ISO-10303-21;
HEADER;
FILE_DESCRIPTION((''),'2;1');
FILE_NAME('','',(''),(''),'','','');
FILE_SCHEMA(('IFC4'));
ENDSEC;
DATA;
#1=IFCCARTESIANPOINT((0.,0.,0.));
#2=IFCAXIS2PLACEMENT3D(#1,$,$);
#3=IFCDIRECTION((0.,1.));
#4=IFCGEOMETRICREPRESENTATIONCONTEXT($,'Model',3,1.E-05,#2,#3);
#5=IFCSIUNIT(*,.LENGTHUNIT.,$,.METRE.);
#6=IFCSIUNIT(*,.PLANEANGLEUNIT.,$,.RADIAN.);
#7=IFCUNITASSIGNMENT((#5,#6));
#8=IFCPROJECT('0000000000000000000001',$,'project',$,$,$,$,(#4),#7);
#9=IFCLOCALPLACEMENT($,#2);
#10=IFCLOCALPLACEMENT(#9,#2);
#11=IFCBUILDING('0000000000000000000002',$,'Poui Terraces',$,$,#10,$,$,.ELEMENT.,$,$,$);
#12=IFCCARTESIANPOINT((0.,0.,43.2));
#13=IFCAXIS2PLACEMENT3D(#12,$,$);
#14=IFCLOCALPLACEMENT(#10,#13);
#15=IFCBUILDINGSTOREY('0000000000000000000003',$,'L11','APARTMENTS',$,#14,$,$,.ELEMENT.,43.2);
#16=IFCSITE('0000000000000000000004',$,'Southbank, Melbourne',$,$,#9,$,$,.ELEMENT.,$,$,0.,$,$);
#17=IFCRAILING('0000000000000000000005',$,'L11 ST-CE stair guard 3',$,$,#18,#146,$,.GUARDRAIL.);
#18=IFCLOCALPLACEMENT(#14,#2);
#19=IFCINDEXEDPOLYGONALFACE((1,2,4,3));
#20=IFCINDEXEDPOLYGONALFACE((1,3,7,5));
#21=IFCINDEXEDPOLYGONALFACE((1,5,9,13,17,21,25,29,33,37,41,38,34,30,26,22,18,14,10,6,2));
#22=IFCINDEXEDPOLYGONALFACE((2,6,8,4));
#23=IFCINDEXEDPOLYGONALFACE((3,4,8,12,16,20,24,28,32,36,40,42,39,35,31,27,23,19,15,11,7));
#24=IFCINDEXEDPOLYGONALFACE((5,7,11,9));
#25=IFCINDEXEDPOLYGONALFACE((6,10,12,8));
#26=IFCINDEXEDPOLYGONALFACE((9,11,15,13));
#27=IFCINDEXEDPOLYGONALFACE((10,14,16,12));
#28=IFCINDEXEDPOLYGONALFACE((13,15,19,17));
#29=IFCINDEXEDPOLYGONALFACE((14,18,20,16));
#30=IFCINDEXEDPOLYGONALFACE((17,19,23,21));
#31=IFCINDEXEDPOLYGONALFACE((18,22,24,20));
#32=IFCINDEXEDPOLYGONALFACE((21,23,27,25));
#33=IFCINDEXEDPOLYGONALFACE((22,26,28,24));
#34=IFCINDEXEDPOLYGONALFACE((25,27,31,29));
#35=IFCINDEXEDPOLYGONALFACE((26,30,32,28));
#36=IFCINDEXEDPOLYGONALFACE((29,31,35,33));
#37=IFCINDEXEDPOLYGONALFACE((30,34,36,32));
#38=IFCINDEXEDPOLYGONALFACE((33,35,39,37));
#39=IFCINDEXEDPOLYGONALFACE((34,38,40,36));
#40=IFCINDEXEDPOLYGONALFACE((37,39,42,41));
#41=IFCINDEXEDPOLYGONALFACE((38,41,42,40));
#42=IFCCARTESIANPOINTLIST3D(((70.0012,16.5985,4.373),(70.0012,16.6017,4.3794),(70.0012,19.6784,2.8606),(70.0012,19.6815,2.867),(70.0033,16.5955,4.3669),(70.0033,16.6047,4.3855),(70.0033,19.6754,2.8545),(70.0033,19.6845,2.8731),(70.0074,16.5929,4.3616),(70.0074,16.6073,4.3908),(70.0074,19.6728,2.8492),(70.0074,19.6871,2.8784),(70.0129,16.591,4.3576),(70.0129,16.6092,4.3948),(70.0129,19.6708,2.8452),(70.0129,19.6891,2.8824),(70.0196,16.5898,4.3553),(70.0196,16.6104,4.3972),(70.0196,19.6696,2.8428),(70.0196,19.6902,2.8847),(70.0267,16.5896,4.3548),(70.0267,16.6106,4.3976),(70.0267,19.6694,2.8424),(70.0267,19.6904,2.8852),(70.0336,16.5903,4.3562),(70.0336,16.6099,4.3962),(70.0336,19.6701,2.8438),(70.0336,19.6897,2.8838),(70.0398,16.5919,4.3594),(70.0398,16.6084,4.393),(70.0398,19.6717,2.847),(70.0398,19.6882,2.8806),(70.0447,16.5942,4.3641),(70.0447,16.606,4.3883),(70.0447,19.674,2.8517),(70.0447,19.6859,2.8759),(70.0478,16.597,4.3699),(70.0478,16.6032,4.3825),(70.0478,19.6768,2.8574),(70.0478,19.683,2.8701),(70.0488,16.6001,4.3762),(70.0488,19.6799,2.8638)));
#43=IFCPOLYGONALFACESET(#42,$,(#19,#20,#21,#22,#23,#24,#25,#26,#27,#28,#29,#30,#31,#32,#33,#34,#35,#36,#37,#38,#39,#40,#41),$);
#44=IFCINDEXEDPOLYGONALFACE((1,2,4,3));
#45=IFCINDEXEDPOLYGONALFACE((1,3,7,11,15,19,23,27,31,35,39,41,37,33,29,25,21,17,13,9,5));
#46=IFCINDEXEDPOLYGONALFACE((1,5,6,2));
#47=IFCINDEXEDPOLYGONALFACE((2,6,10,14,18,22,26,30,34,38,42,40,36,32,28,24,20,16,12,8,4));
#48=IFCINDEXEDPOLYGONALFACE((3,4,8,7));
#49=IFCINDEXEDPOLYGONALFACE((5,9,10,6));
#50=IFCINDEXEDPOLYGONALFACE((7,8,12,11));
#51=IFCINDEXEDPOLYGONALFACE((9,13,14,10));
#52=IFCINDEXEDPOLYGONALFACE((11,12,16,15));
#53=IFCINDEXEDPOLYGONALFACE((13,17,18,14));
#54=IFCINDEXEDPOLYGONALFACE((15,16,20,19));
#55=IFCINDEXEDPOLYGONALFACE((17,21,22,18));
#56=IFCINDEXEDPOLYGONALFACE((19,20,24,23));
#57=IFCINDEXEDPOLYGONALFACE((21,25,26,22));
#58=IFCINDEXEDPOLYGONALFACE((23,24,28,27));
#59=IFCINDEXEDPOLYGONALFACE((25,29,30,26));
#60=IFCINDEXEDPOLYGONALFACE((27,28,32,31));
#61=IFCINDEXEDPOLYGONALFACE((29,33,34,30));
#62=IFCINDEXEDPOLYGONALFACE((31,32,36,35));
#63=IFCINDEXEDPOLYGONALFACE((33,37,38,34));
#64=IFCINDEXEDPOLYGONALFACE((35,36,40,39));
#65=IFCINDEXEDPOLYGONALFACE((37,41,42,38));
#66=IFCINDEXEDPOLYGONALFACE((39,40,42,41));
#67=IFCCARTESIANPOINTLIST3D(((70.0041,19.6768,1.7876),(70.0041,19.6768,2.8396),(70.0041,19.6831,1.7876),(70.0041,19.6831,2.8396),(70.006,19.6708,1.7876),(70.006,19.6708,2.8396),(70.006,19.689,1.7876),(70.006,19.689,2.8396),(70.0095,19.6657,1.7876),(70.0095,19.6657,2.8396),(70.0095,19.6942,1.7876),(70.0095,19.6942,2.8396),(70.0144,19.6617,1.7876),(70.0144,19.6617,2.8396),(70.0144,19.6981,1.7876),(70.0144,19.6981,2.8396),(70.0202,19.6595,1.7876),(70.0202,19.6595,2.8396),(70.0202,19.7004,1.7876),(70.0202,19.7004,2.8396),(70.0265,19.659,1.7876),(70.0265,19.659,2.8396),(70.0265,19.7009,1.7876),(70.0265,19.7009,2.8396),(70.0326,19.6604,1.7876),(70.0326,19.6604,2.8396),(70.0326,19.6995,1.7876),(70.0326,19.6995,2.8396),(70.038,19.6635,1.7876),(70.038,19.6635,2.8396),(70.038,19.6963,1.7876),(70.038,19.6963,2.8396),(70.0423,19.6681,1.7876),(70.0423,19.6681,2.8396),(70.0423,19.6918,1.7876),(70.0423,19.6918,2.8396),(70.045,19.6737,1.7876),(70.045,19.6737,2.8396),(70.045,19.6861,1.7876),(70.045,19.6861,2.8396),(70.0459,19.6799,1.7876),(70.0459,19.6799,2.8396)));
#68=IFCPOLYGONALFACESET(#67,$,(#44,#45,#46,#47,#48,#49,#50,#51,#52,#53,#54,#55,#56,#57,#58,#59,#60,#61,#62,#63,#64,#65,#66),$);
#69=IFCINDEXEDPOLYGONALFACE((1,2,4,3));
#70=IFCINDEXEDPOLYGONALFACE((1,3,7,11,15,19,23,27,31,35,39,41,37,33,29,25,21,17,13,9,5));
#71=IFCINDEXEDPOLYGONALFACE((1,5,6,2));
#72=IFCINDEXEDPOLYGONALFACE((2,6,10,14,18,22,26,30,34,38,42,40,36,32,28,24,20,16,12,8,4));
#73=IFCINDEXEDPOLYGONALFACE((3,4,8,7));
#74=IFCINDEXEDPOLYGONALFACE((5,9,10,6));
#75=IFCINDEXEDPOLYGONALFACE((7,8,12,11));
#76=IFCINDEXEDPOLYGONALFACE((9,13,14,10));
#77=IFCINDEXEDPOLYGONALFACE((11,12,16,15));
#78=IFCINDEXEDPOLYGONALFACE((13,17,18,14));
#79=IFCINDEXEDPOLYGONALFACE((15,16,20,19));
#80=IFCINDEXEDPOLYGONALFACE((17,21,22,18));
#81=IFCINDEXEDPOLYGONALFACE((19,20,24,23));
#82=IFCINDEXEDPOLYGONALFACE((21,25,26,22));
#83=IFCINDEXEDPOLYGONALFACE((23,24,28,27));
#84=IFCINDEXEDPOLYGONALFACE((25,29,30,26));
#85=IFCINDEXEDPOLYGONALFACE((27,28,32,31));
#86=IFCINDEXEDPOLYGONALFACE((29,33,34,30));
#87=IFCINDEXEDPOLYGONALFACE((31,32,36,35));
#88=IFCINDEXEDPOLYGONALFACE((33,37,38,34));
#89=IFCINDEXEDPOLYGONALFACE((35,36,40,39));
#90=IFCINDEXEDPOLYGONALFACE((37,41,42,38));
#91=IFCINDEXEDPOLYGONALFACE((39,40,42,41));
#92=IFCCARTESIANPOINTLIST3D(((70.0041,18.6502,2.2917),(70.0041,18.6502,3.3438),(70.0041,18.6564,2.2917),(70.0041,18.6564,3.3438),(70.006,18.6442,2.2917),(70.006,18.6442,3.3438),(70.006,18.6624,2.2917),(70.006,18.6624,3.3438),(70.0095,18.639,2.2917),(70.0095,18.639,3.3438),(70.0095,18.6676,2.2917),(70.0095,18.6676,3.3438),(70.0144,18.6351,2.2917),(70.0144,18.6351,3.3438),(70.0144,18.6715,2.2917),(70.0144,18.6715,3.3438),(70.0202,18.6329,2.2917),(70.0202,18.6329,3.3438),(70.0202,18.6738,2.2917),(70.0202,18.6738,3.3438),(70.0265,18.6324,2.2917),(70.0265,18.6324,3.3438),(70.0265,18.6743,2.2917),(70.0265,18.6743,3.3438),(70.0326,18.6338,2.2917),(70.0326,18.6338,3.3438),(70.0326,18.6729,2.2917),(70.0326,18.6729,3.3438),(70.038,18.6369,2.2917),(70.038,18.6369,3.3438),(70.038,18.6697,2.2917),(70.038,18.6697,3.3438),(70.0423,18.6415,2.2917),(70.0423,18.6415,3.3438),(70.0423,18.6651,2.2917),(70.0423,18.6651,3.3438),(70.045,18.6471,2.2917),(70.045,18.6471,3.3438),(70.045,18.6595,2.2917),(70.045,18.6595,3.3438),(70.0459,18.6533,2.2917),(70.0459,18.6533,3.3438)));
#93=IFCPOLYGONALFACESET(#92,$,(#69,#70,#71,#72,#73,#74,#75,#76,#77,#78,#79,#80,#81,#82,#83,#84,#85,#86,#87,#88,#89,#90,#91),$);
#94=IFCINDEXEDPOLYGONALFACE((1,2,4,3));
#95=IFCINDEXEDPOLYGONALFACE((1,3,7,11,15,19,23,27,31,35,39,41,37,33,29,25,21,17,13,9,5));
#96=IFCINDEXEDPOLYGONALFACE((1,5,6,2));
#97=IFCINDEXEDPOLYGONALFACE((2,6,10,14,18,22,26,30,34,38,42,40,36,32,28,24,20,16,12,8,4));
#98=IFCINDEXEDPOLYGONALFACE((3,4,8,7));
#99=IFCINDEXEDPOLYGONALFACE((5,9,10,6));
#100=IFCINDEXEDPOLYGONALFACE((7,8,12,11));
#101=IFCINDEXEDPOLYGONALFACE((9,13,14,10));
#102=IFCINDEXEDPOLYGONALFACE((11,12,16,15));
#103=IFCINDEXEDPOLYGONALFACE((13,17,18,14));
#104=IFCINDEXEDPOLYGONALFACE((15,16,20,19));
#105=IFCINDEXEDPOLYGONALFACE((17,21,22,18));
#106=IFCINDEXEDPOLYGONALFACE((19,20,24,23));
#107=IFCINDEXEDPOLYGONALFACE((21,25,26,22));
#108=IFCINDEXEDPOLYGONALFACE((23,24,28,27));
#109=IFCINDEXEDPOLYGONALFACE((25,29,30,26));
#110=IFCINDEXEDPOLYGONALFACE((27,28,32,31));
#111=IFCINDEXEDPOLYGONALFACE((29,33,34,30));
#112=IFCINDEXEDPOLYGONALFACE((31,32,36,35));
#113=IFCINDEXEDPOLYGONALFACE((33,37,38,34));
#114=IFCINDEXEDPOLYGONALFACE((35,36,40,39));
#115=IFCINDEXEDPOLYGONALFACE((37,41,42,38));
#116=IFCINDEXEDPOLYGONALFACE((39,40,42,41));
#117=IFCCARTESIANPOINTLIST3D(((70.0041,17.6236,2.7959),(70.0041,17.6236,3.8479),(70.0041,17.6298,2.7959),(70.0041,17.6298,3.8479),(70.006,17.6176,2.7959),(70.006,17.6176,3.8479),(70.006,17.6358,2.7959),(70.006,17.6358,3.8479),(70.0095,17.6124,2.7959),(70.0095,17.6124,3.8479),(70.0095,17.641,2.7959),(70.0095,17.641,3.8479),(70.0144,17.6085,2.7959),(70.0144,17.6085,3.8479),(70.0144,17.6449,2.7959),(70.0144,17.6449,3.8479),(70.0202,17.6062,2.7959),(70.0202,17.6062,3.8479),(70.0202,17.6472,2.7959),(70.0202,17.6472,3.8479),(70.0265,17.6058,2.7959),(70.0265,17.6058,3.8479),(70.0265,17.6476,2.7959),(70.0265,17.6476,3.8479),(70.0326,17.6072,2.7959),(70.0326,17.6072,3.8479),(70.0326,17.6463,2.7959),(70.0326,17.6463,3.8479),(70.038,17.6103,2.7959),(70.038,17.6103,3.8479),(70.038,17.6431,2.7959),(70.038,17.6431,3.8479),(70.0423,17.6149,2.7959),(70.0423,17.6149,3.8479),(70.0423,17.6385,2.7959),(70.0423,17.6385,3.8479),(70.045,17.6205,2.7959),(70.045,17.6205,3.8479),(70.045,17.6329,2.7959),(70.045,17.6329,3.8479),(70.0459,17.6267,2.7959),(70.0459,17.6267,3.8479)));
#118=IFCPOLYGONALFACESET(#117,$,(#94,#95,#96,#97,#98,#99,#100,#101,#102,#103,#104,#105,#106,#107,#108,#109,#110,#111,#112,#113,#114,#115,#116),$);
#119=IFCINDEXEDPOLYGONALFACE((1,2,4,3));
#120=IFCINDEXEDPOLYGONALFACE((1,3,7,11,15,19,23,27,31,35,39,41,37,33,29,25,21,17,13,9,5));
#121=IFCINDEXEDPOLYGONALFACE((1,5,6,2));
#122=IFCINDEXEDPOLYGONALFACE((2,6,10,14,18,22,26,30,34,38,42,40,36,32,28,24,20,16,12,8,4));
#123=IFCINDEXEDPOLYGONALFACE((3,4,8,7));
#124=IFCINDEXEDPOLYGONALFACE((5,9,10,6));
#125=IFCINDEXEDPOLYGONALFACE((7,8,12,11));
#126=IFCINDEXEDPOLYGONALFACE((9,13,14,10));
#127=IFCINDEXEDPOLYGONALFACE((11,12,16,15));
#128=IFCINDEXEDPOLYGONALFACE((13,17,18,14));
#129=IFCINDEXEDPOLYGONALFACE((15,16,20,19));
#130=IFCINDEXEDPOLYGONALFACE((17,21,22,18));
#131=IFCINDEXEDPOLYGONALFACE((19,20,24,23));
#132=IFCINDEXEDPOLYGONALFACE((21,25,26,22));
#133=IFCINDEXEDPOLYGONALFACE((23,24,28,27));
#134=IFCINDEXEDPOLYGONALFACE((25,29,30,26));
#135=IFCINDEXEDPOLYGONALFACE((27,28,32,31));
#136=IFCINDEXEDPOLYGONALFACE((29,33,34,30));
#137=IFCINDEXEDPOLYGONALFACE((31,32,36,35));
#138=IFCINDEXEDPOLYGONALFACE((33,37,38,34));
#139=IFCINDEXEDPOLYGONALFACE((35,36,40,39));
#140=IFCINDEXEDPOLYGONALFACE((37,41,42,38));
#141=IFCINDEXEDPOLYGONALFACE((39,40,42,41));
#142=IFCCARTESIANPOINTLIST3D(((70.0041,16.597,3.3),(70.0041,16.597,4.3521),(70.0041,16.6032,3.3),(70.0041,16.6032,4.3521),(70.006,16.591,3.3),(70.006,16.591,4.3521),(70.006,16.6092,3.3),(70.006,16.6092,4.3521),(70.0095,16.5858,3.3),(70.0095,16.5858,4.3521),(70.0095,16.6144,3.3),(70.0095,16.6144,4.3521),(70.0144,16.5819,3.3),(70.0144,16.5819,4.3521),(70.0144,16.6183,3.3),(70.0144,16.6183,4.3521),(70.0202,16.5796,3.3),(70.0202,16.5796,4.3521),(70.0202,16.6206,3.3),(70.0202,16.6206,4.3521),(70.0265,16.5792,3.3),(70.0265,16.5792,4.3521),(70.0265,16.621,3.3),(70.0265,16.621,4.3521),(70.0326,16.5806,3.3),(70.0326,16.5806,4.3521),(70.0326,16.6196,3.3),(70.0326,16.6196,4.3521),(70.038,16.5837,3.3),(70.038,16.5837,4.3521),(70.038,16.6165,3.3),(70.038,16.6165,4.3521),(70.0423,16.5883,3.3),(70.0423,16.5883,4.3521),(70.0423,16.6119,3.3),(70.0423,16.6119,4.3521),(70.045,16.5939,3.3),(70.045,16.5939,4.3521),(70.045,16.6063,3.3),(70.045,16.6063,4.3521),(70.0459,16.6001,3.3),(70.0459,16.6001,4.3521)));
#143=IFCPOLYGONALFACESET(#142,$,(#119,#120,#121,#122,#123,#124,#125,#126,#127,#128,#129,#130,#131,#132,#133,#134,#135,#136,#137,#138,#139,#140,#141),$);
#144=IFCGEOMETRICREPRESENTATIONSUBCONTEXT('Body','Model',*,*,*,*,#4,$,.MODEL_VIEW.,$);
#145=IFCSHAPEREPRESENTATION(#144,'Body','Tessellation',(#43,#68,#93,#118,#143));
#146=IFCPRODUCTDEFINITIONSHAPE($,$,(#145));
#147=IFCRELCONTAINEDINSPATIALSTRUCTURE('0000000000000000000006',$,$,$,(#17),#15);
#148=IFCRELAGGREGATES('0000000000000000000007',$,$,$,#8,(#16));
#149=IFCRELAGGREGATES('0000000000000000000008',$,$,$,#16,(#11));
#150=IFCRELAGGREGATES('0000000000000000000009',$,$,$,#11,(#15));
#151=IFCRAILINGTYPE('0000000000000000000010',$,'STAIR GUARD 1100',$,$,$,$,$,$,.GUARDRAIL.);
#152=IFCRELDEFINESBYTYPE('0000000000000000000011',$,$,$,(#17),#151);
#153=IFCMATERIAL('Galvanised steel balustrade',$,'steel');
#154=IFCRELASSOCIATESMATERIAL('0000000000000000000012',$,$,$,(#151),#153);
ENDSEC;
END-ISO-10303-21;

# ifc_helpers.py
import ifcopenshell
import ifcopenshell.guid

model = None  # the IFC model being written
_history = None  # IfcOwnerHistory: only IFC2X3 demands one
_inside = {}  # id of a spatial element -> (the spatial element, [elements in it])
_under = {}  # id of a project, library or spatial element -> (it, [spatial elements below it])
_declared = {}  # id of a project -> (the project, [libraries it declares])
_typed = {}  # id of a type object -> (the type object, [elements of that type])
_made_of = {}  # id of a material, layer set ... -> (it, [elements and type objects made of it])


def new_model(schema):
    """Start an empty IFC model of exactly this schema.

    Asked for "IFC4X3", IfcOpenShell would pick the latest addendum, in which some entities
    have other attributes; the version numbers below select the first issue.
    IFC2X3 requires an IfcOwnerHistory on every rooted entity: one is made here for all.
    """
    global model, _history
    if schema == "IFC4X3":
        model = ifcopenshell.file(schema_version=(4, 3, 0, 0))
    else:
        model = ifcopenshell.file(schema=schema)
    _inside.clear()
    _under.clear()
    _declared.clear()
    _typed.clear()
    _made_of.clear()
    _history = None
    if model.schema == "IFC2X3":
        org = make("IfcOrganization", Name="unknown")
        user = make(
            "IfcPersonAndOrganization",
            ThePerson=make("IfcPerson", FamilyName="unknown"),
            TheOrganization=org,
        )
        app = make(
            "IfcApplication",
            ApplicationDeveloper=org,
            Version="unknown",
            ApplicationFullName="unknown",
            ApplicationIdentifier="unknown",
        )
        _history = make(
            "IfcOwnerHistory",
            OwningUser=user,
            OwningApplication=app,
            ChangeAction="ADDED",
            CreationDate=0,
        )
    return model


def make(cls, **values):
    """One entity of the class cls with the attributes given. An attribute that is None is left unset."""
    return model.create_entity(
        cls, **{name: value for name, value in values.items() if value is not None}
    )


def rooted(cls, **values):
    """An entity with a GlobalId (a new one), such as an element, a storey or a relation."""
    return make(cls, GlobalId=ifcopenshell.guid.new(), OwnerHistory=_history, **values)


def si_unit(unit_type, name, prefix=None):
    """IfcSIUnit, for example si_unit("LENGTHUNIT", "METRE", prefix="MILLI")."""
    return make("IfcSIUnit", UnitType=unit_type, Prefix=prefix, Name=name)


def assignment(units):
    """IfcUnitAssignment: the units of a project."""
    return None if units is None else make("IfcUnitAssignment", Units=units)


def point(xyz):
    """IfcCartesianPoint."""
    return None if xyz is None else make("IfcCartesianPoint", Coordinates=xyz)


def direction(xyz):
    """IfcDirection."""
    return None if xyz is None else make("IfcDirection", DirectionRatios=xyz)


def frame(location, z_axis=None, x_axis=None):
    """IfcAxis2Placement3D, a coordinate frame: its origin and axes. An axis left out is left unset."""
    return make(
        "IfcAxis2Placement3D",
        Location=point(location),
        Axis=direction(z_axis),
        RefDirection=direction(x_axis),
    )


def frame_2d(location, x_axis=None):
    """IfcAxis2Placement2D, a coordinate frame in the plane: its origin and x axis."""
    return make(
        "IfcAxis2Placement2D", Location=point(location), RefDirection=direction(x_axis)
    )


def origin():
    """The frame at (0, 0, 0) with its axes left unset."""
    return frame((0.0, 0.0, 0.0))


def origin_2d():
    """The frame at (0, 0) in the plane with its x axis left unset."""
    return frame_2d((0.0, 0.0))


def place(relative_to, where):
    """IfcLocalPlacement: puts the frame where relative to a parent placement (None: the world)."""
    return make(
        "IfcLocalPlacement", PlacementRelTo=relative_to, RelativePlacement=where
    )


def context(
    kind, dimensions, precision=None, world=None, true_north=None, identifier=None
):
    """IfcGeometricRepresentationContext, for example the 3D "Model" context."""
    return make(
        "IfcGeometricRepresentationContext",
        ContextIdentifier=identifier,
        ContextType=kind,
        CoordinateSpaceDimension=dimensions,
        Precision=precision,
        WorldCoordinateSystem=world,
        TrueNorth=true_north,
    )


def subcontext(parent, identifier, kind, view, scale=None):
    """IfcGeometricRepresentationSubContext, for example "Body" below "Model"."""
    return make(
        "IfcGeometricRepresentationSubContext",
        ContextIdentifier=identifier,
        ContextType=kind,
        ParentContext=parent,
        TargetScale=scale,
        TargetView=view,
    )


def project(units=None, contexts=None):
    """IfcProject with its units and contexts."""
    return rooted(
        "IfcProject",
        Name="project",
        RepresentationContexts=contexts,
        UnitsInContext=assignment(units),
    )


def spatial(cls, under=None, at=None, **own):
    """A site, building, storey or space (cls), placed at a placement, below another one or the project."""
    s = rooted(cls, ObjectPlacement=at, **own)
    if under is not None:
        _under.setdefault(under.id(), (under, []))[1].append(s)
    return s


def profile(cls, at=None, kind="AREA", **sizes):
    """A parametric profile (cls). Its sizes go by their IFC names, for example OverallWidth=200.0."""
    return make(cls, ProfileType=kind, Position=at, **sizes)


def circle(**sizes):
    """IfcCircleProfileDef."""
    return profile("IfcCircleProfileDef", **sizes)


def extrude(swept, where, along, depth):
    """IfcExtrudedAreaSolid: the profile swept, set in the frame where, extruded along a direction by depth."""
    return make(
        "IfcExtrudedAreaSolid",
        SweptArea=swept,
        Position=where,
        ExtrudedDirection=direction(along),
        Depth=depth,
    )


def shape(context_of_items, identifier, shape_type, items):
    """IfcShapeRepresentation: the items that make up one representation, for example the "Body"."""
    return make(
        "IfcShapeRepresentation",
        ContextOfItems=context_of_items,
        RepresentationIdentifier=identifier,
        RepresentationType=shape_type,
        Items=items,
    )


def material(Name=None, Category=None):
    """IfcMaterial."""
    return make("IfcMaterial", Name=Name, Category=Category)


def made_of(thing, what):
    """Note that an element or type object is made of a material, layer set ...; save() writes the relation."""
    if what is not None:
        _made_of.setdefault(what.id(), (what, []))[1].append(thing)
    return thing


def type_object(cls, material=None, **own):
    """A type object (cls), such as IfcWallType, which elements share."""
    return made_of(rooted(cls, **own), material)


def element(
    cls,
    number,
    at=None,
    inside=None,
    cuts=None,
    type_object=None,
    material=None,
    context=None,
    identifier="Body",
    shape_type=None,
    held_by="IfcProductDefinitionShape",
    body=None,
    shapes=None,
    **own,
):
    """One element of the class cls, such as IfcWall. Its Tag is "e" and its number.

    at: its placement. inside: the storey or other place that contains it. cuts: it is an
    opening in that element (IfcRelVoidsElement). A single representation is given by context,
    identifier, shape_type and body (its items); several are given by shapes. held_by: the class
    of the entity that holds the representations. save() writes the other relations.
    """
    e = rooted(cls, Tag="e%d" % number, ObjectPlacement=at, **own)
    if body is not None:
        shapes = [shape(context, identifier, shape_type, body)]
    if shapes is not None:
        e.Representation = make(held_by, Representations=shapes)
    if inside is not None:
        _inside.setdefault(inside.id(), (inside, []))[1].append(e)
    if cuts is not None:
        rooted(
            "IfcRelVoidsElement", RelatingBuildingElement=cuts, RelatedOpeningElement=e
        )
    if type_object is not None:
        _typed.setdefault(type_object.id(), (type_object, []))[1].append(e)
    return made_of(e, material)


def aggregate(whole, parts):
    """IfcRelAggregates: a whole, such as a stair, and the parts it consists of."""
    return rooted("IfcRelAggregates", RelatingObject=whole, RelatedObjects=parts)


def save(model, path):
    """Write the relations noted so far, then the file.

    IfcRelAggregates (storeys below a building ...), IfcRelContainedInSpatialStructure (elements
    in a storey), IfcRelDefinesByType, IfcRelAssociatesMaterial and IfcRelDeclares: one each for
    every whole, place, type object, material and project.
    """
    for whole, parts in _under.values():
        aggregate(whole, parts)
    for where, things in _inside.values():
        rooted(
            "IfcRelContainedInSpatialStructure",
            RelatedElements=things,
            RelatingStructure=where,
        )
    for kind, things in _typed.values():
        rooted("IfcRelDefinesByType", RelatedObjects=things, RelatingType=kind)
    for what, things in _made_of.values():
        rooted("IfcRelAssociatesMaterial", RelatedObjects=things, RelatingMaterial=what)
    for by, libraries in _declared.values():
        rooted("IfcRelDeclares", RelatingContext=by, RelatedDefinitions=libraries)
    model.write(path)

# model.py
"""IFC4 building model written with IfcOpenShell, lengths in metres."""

from ifc_helpers import new_model, si_unit, direction, frame, origin, origin_2d, place, context, subcontext, project, spatial, circle, extrude, material, type_object, element, save


model = new_model("IFC4")

# Units and contexts
model_context = context("Model", 3, precision=1e-05, world=origin(), true_north=direction((0.0, 1.0)))
body_context = subcontext(model_context, "Body", "Model", "MODEL_VIEW")
ifc_project = project(units=[si_unit("LENGTHUNIT", "METRE"), si_unit("PLANEANGLEUNIT", "RADIAN")], contexts=[model_context])

# Site, building, storey
site_placement = place(None, origin())
site = spatial("IfcSite", under=ifc_project, at=site_placement, Name="Southbank, Melbourne", CompositionType="ELEMENT", RefElevation=0.0)
building_placement = place(site_placement, origin())
building = spatial("IfcBuilding", under=site, at=building_placement, Name="Poui Terraces", CompositionType="ELEMENT")
storey_placement = place(building_placement, frame((0.0, 0.0, 43.2)))
storey = spatial("IfcBuildingStorey", under=building, at=storey_placement, Name="L11", Description="APARTMENTS", CompositionType="ELEMENT", Elevation=43.2)

# Railing
ifc_material_1 = material(Name="Galvanised steel balustrade", Category="steel")
railing_type_1 = type_object("IfcRailingType", Name="STAIR GUARD 1100", PredefinedType="GUARDRAIL", material=ifc_material_1)
railing_1_placement = place(storey_placement, frame((70.0249, 19.6799, 1.7876)))
element("IfcRailing", 1, at=railing_1_placement, inside=storey, type_object=railing_type_1, Name="L11 ST-CE stair guard 3", PredefinedType="GUARDRAIL", context=body_context, shape_type="SweptSolid", body=[
    extrude(circle(Radius=0.0239, at=origin_2d()), frame((0.0, 0.0, 1.0762), z_axis=(0.0, -0.897606, 0.440798), x_axis=(1.0, 0.0, 0.0)), (0.0, 0.0, 1.0), 3.4312),
    extrude(circle(Radius=0.021, at=origin_2d()), origin(), (0.0, 0.0, 1.0), 1.052),
    extrude(circle(Radius=0.021, at=origin_2d()), frame((0.0, -1.0266, 0.5042)), (0.0, 0.0, 1.0), 1.052),
    extrude(circle(Radius=0.021, at=origin_2d()), frame((0.0, -2.0532, 1.0083)), (0.0, 0.0, 1.0), 1.052),
    extrude(circle(Radius=0.021, at=origin_2d()), frame((0.0, -3.0798, 1.5125)), (0.0, 0.0, 1.0), 1.052),
])

save(model, "model.ifc")
